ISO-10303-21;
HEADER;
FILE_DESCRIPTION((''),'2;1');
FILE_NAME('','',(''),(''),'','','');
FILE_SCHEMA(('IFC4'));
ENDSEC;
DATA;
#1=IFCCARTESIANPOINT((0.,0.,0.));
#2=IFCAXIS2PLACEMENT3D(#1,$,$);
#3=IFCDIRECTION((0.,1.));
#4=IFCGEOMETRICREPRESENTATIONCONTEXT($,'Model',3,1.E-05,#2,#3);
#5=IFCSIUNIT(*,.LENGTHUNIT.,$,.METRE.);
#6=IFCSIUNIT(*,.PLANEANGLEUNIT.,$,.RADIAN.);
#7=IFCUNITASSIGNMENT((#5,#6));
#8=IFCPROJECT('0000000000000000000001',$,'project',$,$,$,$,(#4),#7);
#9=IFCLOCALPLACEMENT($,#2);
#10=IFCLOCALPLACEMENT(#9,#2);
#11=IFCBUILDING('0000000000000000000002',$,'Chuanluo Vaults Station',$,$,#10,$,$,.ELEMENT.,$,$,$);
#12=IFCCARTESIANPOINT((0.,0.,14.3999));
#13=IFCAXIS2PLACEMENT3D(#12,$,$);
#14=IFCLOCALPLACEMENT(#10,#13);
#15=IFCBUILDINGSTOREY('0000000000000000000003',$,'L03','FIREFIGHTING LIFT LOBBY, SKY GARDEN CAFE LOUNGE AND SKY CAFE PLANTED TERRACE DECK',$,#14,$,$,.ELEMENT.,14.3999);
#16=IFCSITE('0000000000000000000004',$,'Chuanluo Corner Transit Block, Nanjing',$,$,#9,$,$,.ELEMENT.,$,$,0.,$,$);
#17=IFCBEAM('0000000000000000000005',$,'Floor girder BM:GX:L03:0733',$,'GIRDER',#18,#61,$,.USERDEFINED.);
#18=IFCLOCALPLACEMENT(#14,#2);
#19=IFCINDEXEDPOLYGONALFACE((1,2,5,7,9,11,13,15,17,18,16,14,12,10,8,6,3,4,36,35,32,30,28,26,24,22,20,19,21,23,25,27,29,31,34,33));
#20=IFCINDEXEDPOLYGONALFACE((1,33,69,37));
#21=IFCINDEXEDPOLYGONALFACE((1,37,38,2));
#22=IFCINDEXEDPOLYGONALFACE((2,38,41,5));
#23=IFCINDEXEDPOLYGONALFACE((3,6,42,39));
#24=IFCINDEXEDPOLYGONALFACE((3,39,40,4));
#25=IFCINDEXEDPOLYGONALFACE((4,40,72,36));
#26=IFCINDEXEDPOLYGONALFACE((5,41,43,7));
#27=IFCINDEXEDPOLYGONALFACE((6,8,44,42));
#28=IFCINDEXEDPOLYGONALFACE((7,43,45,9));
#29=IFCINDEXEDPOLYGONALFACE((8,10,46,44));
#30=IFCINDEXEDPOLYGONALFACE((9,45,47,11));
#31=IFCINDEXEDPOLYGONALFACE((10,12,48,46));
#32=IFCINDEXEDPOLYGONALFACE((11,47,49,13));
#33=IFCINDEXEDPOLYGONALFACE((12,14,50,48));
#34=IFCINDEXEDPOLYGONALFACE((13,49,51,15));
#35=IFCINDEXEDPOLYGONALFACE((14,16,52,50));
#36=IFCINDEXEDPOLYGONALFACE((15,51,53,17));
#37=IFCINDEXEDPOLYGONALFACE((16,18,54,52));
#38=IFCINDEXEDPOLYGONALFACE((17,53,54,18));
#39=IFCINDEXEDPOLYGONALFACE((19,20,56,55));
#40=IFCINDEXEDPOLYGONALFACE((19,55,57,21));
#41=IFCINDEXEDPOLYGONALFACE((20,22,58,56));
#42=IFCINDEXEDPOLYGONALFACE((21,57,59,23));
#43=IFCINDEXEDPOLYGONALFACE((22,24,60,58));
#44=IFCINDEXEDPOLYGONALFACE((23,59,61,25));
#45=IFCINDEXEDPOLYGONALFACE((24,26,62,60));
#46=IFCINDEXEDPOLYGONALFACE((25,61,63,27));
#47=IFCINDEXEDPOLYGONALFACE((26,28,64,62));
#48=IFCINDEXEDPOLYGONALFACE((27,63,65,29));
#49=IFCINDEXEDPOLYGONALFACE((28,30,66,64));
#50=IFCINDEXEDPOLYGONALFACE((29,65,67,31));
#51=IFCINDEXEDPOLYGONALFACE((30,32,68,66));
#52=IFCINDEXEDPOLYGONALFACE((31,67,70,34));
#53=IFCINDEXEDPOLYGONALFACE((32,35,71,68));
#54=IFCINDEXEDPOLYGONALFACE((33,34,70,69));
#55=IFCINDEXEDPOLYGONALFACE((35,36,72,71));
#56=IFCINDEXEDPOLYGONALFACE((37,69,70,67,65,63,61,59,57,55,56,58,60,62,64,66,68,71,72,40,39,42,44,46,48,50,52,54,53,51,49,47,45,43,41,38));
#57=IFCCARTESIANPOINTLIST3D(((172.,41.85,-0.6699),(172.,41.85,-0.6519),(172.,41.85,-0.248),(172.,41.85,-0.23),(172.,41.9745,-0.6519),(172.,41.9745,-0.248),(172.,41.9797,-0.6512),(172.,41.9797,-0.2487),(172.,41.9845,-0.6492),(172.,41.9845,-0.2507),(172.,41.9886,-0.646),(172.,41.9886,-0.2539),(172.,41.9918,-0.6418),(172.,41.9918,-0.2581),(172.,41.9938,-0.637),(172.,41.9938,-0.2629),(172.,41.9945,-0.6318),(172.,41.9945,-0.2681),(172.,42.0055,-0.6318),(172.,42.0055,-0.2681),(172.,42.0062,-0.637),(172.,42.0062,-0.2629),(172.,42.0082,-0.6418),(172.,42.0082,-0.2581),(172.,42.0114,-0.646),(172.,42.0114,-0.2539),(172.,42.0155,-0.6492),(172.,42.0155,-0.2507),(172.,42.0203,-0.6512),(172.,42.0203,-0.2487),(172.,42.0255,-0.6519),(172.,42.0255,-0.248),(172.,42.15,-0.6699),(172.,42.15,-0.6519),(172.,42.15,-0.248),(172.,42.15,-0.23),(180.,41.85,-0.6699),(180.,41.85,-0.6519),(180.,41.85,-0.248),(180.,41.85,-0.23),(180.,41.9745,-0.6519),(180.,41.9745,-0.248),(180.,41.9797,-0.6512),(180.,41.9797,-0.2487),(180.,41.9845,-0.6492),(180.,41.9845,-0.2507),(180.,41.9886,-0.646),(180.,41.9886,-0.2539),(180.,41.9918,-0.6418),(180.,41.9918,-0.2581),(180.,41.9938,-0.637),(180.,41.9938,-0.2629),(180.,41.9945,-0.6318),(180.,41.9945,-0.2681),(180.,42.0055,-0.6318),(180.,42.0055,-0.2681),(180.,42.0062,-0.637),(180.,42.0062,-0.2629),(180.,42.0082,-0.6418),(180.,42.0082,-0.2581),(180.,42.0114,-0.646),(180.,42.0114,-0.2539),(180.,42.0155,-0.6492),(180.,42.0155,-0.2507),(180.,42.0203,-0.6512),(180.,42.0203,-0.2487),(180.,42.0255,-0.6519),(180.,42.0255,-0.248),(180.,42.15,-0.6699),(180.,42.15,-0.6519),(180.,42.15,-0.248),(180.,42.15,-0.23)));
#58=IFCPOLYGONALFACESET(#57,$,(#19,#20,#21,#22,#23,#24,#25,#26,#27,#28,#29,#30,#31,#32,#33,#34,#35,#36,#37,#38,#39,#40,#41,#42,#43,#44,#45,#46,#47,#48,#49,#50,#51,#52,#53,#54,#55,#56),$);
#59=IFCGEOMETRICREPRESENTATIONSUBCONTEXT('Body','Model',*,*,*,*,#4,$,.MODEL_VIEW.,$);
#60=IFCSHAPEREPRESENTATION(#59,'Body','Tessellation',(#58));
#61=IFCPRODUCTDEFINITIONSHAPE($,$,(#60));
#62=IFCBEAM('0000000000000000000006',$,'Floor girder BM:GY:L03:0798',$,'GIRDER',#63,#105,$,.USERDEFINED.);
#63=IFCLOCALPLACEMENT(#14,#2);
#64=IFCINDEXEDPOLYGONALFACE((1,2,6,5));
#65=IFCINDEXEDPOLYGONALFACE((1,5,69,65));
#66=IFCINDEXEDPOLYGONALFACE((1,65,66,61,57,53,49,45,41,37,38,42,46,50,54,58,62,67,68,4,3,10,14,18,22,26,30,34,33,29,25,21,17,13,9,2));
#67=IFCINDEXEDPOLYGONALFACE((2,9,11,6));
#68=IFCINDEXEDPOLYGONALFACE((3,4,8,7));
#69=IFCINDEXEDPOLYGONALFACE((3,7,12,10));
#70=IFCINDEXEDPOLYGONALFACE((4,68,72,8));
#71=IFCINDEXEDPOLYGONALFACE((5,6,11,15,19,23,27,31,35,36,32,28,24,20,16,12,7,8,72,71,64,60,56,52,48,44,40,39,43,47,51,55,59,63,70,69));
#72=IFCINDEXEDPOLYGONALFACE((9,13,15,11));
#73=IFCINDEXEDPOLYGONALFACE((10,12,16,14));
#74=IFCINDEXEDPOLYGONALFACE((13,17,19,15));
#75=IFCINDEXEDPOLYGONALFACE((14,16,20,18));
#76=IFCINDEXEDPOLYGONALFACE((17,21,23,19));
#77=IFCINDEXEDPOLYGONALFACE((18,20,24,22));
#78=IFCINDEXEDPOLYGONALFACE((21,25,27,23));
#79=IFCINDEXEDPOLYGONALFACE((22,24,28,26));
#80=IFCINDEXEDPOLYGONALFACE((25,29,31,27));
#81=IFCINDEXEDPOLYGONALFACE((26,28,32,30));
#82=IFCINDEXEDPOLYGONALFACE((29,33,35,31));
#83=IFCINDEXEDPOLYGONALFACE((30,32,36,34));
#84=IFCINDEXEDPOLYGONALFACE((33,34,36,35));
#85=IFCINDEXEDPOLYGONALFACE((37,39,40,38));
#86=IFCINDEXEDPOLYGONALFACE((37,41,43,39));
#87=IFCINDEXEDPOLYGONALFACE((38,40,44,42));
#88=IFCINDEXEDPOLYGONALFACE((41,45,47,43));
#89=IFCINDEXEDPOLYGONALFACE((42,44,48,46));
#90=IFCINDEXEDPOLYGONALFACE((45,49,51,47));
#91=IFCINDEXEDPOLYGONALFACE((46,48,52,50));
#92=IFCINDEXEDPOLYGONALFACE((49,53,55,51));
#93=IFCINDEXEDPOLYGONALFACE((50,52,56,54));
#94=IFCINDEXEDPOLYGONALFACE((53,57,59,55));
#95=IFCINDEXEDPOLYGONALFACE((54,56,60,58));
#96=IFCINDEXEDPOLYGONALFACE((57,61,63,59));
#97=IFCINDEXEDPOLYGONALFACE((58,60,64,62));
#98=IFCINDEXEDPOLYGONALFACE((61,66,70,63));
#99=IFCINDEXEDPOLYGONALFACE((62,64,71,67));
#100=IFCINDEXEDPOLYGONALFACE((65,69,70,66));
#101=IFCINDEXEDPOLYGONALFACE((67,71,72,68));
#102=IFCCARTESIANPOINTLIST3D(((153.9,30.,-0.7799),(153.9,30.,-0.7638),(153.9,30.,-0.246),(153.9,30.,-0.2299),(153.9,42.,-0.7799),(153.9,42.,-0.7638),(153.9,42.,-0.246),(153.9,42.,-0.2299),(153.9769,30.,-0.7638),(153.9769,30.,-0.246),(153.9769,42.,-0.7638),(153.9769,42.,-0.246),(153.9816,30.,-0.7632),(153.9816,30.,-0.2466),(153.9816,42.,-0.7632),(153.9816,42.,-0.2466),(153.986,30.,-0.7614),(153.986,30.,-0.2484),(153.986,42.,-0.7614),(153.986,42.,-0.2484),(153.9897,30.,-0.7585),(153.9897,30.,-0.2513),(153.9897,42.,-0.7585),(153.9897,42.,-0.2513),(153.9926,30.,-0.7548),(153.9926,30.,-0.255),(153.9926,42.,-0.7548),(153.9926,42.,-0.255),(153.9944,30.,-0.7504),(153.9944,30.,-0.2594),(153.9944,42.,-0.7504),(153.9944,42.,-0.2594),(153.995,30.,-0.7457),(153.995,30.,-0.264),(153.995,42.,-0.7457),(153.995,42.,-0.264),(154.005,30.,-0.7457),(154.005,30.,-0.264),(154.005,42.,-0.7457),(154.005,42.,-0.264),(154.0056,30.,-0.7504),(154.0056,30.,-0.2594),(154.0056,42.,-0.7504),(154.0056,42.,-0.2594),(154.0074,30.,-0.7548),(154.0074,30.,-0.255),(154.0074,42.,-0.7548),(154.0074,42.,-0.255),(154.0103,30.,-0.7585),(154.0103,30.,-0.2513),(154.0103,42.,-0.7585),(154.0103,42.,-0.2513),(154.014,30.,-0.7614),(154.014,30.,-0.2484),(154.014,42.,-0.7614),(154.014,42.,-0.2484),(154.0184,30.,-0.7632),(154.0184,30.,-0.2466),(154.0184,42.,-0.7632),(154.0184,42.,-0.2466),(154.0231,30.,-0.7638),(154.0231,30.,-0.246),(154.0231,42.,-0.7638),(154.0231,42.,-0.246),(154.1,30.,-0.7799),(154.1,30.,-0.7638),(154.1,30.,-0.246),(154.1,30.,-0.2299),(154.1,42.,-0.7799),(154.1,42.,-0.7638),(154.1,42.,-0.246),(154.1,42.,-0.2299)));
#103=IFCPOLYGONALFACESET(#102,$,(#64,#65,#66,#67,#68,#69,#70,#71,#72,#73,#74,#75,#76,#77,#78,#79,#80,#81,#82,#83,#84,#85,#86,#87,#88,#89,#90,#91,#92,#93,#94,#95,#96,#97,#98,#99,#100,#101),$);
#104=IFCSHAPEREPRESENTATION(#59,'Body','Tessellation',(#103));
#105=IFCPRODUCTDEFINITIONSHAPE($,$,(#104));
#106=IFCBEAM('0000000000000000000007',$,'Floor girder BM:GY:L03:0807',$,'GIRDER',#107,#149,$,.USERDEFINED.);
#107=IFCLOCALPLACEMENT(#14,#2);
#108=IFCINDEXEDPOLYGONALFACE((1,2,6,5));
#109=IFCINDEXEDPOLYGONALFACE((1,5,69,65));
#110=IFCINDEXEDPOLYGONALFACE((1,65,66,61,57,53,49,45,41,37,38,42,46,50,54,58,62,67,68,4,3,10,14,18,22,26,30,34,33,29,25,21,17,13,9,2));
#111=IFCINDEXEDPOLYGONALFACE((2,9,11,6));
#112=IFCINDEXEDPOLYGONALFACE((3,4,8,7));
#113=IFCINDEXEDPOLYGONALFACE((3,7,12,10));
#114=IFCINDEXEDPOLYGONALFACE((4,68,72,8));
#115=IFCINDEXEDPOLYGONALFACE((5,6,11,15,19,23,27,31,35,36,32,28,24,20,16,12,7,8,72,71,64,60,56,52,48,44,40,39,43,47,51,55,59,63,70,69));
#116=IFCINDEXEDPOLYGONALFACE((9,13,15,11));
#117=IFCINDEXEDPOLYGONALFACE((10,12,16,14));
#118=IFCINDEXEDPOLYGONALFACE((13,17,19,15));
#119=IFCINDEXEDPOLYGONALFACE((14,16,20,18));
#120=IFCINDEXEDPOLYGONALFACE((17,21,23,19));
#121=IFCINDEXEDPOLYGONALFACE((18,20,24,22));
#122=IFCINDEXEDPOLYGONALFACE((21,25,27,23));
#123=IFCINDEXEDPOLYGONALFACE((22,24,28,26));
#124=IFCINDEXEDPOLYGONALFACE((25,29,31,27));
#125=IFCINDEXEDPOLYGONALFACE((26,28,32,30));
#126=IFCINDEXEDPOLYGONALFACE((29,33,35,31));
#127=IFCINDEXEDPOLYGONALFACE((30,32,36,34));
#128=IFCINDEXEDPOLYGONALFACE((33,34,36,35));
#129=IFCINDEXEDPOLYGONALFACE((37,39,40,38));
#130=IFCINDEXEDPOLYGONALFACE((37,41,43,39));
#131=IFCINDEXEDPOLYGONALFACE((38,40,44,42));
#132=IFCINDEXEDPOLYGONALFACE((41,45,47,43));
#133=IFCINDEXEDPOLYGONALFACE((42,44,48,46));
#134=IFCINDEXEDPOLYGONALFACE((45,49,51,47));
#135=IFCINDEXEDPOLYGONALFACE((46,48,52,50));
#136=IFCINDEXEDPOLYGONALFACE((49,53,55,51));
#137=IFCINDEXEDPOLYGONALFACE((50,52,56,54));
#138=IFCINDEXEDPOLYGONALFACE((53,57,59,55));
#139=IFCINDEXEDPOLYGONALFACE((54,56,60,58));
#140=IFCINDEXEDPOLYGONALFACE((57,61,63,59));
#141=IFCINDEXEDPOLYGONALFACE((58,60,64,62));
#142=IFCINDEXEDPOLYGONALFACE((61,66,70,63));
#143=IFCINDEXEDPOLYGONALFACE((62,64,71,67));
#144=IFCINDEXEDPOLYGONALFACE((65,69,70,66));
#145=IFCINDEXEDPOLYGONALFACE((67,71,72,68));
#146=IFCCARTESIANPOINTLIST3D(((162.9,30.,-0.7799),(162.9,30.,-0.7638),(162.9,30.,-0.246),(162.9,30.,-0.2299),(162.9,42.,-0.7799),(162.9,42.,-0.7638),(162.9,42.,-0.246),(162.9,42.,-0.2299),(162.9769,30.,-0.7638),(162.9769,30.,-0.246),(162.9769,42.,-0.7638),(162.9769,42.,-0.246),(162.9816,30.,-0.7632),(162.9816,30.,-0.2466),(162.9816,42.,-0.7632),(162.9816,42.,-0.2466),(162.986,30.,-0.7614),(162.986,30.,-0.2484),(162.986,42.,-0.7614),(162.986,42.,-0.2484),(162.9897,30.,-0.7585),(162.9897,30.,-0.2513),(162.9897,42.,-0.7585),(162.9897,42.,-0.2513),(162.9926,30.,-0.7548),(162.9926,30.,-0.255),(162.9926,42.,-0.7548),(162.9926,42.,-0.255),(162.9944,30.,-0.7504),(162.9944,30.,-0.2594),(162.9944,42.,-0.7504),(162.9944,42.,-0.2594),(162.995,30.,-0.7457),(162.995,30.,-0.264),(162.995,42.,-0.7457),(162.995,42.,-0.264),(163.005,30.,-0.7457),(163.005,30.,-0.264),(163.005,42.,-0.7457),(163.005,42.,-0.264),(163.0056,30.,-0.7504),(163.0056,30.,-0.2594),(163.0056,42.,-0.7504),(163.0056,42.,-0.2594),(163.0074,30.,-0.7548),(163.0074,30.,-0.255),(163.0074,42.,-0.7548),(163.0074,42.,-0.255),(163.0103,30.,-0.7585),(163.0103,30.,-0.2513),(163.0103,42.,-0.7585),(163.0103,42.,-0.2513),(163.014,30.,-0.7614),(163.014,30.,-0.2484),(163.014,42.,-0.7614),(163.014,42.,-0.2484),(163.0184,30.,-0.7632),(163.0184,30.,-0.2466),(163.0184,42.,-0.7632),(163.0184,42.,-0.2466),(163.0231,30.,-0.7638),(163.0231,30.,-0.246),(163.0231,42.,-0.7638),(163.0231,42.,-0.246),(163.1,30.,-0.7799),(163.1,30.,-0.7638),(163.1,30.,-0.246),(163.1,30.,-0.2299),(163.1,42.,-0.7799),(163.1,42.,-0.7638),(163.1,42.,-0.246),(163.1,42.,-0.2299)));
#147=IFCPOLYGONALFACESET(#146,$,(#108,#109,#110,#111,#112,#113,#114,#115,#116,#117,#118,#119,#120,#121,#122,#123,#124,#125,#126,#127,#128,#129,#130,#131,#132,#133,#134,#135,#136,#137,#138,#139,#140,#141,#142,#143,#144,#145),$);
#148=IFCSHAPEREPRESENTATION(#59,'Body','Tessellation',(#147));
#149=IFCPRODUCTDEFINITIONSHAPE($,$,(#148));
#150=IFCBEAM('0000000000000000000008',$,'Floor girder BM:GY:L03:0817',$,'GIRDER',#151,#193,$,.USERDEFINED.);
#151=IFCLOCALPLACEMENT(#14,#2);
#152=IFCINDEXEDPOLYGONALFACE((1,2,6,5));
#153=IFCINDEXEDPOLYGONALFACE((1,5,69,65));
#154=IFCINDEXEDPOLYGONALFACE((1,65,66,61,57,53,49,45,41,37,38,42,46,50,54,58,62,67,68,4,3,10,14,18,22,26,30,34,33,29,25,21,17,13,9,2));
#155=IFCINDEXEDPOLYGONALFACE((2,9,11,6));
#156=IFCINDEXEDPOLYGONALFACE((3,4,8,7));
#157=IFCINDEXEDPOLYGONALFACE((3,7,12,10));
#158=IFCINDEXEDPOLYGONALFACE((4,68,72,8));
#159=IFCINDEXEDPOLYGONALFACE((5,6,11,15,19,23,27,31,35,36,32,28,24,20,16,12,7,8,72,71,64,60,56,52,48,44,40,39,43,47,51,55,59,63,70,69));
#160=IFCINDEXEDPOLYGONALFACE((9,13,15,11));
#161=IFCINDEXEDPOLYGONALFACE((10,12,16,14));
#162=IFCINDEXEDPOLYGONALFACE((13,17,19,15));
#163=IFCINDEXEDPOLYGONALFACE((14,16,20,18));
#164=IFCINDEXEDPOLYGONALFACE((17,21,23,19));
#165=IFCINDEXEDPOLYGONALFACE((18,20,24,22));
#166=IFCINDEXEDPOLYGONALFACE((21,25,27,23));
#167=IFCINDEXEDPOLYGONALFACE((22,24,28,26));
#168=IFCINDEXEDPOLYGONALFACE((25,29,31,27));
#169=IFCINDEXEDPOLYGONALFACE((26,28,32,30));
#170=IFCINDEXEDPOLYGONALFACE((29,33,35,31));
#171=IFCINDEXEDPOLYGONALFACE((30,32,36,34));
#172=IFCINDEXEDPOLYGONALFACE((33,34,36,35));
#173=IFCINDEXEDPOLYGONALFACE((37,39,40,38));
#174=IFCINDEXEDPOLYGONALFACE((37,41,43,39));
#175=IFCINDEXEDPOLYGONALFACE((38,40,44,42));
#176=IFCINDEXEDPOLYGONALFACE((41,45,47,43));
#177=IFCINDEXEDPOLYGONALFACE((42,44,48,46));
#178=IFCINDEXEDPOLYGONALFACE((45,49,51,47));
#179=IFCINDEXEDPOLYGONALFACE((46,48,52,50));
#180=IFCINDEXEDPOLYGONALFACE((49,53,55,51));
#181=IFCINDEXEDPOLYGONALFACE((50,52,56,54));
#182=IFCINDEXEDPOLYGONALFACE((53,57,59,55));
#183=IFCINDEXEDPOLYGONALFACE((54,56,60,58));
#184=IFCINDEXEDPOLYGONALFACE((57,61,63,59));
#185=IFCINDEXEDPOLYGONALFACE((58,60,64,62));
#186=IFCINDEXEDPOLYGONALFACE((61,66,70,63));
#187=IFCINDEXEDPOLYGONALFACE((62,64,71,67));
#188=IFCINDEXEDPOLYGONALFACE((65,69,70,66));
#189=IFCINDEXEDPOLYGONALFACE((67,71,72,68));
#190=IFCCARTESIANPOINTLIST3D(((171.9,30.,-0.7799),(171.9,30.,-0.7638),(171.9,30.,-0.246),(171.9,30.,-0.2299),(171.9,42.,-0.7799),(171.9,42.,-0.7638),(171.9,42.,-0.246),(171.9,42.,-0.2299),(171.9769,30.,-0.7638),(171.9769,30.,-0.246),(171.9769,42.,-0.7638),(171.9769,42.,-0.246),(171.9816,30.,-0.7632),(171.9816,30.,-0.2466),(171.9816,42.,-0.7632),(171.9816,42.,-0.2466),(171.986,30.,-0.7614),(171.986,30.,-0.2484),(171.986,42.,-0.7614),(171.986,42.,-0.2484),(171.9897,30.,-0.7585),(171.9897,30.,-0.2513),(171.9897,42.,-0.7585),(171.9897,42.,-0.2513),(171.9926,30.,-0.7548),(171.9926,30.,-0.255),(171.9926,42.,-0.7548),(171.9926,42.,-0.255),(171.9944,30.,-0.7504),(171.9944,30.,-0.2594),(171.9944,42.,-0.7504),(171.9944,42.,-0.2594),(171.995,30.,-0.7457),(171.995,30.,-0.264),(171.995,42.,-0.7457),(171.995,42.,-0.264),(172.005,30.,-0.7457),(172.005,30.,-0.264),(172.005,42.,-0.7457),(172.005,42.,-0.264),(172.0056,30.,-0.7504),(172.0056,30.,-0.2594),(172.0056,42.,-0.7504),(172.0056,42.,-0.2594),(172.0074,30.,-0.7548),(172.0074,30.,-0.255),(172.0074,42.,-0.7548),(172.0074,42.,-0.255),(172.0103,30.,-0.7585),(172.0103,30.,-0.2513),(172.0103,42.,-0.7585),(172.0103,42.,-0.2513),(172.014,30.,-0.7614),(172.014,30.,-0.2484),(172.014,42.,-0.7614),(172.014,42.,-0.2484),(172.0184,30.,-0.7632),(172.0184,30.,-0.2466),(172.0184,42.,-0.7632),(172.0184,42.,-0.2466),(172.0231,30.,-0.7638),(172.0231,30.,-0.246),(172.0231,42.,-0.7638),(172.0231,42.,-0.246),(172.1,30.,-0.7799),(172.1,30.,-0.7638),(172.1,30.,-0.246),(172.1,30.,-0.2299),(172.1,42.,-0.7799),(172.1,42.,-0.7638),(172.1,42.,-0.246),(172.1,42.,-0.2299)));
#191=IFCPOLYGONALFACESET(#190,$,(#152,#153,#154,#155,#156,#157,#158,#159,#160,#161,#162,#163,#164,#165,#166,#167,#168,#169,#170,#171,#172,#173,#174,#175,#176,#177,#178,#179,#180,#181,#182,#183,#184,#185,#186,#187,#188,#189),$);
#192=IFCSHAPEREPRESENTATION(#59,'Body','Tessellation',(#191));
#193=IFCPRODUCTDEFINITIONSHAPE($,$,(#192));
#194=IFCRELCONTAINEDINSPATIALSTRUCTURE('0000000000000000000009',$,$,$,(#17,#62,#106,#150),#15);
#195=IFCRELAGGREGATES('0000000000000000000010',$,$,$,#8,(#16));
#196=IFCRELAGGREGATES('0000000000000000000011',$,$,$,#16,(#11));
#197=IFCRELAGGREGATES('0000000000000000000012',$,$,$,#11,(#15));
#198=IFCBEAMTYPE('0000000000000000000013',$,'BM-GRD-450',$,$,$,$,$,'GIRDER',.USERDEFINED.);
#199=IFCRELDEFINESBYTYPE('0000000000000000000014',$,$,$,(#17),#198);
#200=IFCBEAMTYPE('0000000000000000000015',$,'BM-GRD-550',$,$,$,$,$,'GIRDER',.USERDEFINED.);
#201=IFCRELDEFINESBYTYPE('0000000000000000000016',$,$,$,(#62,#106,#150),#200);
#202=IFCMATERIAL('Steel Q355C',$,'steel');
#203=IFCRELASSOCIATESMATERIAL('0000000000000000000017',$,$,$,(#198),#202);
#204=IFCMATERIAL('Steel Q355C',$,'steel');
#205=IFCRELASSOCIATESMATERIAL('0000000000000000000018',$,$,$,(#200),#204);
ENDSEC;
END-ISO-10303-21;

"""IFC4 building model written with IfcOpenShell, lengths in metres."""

from ifc_helpers import new_model, si_unit, direction, frame, origin, origin_2d, place, context, subcontext, project, spatial, i_section, extrude, material, material_profile, profile_set, type_object, element, save


model = new_model("IFC4")

# Units and contexts
model_context = context("Model", 3, precision=1e-05, world=origin(), true_north=direction((0.0, 1.0)))
body_context = subcontext(model_context, "Body", "Model", "MODEL_VIEW")
ifc_project = project(units=[si_unit("LENGTHUNIT", "METRE"), si_unit("PLANEANGLEUNIT", "RADIAN")], contexts=[model_context])

# Site, building, storey
site_placement = place(None, origin())
site = spatial("IfcSite", under=ifc_project, at=site_placement, Name="Chuanluo Corner Transit Block, Nanjing", CompositionType="ELEMENT", RefElevation=0.0)
building_placement = place(site_placement, origin())
building = spatial("IfcBuilding", under=site, at=building_placement, Name="Chuanluo Vaults Station", CompositionType="ELEMENT")
storey_placement = place(building_placement, frame((0.0, 0.0, 14.3999)))
storey = spatial("IfcBuildingStorey", under=building, at=storey_placement, Name="L03", Description="FIREFIGHTING LIFT LOBBY, SKY GARDEN CAFE LOUNGE AND SKY CAFE PLANTED TERRACE DECK", CompositionType="ELEMENT", Elevation=14.3999)

# Beams
ifc_material_1 = material(Name="Steel Q355C", Category="steel")
ifc_material_profile_1 = material_profile(ifc_material_1, i_section(OverallWidth=0.3, OverallDepth=0.4399, WebThickness=0.011, FlangeThickness=0.0181, FilletRadius=0.02, at=origin_2d()))
ifc_profile_set_1 = profile_set([ifc_material_profile_1], Name="Steel Q355C")
beam_type_1 = type_object("IfcBeamType", Name="BM-GRD-450", ElementType="GIRDER", PredefinedType="USERDEFINED", material=ifc_profile_set_1)
beam_1_placement = place(storey_placement, frame((172.0, 42.0, -0.45), z_axis=(1.0, 0.0, 0.0), x_axis=(0.0, 1.0, 0.0)))
element("IfcBeam", 1, at=beam_1_placement, inside=storey, type_object=beam_type_1, Name="Floor girder BM:GX:L03:0733", ObjectType="GIRDER", PredefinedType="USERDEFINED", context=body_context, shape_type="SweptSolid", body=[
    extrude(i_section(OverallWidth=0.3, OverallDepth=0.4399, WebThickness=0.011, FlangeThickness=0.0181, FilletRadius=0.02, at=origin_2d()), origin(), (0.0, 0.0, 1.0), 8.0),
])
ifc_material_2 = material(Name="Steel Q355C", Category="steel")
ifc_material_profile_2 = material_profile(ifc_material_2, i_section(OverallWidth=0.2, OverallDepth=0.55, WebThickness=0.01, FlangeThickness=0.0161, FilletRadius=0.0181, at=origin_2d()))
ifc_profile_set_2 = profile_set([ifc_material_profile_2], Name="Steel Q355C")
beam_type_2 = type_object("IfcBeamType", Name="BM-GRD-550", ElementType="GIRDER", PredefinedType="USERDEFINED", material=ifc_profile_set_2)
for number, where, z_axis, x_axis, name in (
    (2, (154.0, 30.0, -0.5049), (0.0, 1.0, 0.0), (-1.0, 0.0, 0.0), "Floor girder BM:GY:L03:0798"),
    (3, (163.0, 30.0, -0.5049), (0.0, 1.0, 0.0), (-1.0, 0.0, 0.0), "Floor girder BM:GY:L03:0807"),
    (4, (172.0, 30.0, -0.5049), (0.0, 1.0, 0.0), (-1.0, 0.0, 0.0), "Floor girder BM:GY:L03:0817"),
):
    element("IfcBeam", number, at=place(storey_placement, frame(where, z_axis=z_axis, x_axis=x_axis)), inside=storey, type_object=beam_type_2, Name=name, ObjectType="GIRDER", PredefinedType="USERDEFINED", context=body_context, shape_type="SweptSolid", body=[
        extrude(i_section(OverallWidth=0.2, OverallDepth=0.55, WebThickness=0.01, FlangeThickness=0.0161, FilletRadius=0.0181, at=origin_2d()), origin(), (0.0, 0.0, 1.0), 12.0),
    ])

save(model, "model.ifc")
